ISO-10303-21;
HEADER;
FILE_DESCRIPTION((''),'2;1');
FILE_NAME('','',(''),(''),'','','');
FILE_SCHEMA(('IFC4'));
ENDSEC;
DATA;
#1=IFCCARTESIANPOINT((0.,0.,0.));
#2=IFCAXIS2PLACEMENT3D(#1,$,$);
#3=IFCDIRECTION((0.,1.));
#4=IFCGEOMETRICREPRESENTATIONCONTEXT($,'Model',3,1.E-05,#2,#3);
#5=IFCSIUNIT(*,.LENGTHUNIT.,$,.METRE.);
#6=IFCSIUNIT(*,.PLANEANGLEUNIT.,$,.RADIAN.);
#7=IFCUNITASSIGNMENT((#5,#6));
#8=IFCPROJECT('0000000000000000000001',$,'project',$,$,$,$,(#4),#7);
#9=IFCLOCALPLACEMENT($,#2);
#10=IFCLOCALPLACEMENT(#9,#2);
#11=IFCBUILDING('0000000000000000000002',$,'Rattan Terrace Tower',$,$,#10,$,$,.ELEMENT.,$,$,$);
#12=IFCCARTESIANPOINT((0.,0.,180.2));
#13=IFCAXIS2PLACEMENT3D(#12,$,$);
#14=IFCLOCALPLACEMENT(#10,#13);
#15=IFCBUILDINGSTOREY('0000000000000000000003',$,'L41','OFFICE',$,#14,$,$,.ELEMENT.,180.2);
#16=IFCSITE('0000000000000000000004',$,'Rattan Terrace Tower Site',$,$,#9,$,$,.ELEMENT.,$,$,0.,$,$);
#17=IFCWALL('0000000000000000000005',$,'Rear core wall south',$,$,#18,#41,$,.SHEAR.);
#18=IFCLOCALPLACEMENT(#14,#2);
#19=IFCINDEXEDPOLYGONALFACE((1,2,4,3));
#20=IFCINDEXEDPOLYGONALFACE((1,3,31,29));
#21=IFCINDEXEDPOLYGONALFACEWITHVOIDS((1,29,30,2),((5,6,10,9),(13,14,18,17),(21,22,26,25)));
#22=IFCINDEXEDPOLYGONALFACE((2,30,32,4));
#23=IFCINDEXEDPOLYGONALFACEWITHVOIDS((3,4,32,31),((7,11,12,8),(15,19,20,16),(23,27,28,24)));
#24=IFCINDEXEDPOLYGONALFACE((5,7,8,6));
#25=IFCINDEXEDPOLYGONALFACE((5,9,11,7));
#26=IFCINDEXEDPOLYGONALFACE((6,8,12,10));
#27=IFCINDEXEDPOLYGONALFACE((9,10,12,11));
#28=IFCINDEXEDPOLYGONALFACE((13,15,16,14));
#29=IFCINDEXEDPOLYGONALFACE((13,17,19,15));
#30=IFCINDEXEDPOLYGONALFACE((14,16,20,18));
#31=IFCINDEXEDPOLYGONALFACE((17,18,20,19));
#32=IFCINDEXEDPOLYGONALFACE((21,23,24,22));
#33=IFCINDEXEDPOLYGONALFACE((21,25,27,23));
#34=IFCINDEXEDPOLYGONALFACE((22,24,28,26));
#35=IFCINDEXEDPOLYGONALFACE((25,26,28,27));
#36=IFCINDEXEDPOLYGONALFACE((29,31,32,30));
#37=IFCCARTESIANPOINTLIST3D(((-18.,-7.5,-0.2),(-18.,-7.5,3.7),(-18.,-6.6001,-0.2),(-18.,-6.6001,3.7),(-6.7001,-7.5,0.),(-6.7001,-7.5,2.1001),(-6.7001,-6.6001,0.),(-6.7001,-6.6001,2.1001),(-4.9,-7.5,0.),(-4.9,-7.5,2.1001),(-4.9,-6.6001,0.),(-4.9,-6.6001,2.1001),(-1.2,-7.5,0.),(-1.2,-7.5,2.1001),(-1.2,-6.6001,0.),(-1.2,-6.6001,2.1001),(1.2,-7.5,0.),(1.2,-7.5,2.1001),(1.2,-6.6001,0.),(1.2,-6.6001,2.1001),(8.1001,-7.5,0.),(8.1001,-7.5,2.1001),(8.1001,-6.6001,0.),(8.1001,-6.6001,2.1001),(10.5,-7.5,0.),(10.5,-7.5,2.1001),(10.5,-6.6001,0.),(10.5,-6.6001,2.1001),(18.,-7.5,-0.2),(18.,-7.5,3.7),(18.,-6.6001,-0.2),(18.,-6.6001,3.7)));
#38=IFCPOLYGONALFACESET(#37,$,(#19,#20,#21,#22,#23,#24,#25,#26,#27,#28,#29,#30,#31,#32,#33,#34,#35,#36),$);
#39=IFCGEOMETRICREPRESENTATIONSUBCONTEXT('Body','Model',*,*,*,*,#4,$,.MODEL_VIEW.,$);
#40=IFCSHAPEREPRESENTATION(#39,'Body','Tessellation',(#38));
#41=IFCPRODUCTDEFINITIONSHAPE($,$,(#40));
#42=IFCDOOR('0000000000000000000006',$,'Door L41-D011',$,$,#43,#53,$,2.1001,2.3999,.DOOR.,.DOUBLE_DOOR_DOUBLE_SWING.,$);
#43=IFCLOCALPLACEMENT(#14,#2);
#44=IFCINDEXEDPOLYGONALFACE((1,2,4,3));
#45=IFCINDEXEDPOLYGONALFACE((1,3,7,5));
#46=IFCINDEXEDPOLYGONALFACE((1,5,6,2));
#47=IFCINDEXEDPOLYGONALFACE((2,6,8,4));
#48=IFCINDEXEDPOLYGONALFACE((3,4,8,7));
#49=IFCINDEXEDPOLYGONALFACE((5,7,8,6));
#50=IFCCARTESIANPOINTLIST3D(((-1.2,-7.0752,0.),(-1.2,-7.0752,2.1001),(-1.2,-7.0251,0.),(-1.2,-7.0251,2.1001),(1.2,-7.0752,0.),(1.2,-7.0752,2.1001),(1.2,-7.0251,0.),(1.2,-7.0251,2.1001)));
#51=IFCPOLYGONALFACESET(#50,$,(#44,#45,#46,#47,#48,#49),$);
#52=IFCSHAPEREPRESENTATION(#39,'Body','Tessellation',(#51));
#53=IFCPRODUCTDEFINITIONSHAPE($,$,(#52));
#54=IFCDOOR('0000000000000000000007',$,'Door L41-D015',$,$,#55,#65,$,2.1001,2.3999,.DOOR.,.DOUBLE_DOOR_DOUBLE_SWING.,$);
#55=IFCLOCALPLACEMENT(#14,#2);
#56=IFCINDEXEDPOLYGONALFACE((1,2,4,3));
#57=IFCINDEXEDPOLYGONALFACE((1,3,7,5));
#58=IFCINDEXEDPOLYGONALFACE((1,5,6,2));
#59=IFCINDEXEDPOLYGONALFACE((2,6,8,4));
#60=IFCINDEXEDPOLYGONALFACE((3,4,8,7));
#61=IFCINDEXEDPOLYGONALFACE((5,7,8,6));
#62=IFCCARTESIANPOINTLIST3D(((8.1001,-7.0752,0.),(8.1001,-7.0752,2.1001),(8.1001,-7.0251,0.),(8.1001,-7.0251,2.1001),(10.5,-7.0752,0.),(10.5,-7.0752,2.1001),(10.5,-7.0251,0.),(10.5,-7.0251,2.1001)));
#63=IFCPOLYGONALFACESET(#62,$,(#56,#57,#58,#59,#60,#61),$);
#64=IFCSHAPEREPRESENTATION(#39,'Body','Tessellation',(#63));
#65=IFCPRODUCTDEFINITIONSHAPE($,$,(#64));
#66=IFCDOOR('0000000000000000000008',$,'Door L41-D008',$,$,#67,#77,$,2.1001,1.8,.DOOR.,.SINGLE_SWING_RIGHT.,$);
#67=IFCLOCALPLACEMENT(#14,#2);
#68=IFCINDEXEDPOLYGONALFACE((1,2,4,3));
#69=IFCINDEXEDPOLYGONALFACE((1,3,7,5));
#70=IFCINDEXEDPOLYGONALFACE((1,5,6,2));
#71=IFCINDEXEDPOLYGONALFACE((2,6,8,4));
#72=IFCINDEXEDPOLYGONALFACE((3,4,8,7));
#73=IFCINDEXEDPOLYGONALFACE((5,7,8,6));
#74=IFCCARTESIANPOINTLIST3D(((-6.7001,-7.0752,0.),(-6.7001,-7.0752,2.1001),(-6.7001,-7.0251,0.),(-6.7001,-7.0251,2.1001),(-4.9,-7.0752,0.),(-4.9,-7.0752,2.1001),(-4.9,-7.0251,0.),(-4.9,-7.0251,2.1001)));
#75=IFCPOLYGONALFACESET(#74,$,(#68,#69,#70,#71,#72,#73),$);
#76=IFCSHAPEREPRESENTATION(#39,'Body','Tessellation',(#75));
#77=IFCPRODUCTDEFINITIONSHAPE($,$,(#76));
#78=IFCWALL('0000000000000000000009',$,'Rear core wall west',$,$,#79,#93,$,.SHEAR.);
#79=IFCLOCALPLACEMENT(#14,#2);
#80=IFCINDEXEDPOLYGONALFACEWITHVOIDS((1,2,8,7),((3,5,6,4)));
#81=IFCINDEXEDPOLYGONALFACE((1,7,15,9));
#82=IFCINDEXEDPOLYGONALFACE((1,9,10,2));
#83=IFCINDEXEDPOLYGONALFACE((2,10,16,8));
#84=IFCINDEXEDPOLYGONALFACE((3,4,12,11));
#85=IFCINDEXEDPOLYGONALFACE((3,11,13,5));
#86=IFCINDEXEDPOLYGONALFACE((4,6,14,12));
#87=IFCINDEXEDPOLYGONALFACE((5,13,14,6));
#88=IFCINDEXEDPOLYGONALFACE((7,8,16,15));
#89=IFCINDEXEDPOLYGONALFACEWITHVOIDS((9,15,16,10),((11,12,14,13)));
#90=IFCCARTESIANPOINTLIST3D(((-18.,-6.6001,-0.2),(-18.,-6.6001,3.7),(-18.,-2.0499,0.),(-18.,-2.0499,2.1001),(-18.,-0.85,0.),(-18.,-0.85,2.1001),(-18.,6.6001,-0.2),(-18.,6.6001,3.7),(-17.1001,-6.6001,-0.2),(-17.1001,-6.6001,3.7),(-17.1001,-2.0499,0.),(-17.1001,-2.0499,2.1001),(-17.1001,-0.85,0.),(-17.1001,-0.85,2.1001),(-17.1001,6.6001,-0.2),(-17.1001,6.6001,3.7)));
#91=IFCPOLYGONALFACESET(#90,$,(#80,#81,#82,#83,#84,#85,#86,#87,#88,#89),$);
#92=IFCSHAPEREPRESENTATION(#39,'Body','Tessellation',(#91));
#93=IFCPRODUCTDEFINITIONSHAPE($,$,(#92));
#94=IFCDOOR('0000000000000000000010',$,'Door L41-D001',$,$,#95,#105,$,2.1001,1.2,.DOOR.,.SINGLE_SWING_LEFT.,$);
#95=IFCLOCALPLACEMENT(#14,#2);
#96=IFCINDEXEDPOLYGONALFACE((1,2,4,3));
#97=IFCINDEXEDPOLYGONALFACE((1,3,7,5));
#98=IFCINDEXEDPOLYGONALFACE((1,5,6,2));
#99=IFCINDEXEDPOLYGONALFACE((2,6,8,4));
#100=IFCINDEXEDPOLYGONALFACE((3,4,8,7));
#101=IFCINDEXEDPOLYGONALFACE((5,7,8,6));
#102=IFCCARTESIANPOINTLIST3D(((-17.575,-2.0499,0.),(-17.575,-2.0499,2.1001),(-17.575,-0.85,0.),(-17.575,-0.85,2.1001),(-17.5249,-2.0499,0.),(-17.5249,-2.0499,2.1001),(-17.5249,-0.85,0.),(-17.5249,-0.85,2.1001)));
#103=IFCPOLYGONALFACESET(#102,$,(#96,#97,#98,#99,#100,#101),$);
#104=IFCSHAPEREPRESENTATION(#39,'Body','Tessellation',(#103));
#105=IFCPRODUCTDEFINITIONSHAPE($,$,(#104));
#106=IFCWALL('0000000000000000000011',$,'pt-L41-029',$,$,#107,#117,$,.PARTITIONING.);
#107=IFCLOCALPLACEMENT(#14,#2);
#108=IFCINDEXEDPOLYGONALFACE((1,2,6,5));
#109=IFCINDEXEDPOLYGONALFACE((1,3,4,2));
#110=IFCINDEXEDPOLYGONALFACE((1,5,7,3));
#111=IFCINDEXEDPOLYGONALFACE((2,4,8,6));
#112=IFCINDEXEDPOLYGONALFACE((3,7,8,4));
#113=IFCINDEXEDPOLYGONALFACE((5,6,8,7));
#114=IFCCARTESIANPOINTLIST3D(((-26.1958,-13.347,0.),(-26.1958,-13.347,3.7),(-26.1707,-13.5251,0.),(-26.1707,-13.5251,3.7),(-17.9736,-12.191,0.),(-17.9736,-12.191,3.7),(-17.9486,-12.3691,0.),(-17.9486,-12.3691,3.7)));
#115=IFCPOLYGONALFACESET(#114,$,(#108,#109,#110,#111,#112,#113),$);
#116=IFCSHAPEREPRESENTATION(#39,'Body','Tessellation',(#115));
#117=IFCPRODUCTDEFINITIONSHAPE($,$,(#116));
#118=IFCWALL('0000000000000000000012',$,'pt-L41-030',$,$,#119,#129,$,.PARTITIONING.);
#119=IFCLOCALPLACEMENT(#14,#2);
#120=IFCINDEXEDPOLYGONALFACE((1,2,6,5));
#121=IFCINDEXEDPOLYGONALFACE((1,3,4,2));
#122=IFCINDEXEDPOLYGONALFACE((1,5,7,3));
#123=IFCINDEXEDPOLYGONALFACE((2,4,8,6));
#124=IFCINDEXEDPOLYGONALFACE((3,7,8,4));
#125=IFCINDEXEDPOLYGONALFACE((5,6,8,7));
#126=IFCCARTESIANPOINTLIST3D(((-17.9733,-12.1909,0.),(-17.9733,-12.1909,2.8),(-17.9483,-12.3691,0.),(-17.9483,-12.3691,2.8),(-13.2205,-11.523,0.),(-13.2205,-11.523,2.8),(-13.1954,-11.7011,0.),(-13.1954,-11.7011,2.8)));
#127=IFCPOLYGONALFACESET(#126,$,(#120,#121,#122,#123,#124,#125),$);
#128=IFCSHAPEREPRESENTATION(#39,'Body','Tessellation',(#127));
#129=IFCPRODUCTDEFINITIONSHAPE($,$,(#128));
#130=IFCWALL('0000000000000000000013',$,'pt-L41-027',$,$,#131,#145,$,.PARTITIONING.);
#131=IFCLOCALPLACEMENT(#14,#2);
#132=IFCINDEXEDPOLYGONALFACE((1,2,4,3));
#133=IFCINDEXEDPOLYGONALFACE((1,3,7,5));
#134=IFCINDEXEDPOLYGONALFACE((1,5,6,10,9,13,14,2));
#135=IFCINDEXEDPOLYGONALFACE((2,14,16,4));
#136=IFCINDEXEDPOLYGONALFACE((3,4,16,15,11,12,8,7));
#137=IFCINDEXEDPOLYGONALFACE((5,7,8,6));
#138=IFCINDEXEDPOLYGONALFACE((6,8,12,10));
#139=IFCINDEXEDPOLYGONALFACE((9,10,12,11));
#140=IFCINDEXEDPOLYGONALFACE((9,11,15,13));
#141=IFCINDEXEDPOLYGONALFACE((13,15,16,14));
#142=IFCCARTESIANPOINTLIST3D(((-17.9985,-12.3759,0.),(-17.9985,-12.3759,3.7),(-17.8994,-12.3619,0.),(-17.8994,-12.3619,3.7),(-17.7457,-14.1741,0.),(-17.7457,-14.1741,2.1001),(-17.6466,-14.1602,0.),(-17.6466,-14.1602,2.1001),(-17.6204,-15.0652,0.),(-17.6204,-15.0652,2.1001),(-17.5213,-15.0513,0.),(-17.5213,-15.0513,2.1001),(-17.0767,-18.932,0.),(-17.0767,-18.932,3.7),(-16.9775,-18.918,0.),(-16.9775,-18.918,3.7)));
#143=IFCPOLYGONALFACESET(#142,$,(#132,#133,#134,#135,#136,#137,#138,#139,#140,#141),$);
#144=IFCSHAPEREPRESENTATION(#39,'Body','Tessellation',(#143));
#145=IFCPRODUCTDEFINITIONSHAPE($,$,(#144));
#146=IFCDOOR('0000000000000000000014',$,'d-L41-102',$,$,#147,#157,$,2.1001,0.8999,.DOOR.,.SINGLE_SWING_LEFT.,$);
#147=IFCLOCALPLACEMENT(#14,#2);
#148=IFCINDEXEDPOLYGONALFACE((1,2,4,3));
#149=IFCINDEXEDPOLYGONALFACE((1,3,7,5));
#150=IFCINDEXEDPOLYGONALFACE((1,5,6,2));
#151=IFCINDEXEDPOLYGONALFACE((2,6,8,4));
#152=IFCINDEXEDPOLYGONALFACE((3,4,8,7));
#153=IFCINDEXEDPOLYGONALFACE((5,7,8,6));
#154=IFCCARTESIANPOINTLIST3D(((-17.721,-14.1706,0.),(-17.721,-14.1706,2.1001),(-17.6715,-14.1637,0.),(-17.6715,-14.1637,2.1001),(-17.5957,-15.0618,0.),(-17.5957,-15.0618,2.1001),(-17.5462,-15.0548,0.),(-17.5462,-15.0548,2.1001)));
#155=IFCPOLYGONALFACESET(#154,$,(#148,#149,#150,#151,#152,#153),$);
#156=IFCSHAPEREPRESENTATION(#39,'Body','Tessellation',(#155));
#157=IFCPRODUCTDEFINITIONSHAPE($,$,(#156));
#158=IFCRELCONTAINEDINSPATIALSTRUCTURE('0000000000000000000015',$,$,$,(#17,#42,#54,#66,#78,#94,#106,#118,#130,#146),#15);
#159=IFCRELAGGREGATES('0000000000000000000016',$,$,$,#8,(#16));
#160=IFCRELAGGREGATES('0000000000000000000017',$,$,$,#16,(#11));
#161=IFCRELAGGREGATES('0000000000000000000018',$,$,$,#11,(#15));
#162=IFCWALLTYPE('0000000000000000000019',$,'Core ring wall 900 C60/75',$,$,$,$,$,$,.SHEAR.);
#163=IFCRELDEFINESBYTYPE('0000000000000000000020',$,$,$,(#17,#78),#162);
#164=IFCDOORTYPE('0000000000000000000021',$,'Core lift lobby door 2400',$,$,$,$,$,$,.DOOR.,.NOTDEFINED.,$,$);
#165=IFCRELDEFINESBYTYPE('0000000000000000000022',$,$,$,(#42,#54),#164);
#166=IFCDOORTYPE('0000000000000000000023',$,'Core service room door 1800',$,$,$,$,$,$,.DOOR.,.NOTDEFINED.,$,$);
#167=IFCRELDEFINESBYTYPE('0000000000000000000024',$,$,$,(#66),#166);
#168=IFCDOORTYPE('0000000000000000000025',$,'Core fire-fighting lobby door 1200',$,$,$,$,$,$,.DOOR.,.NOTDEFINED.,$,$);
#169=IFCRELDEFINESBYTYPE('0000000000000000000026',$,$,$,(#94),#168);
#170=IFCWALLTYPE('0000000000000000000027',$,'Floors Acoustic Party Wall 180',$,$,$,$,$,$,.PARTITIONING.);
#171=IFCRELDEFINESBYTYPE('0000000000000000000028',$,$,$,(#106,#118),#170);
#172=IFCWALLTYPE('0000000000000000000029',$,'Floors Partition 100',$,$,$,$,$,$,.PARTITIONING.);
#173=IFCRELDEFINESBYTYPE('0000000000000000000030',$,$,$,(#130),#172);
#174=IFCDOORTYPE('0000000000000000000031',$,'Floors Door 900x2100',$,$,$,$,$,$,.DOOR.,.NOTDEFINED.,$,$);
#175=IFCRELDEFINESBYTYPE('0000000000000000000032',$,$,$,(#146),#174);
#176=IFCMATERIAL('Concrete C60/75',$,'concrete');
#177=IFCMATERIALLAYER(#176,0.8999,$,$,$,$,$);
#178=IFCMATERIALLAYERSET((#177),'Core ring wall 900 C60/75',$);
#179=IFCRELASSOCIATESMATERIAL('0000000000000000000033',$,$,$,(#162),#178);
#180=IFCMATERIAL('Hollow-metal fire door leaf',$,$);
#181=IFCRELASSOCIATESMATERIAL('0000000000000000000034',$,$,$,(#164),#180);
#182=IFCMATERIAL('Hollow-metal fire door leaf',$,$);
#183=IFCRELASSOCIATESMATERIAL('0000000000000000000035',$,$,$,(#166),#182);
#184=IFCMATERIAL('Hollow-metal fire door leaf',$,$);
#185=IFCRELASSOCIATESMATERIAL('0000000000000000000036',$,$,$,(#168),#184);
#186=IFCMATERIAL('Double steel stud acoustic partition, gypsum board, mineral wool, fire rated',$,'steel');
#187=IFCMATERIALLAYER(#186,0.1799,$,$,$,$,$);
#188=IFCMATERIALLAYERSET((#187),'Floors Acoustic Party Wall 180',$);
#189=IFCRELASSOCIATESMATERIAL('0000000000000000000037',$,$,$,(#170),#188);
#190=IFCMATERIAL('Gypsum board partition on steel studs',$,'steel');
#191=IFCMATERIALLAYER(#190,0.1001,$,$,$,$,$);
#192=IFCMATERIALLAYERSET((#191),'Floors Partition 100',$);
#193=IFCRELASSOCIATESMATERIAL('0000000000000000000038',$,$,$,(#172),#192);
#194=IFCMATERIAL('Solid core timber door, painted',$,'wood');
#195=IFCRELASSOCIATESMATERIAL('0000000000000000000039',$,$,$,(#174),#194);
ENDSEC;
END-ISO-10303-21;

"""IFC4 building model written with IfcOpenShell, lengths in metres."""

from ifc_helpers import new_model, si_unit, direction, frame, frame_2d, origin, place, context, subcontext, project, spatial, rectangle, extrude, material, layer, layer_set, type_object, element, fill, save


model = new_model("IFC4")

# Units and contexts
model_context = context("Model", 3, precision=1e-05, world=origin(), true_north=direction((0.0, 1.0)))
body_context = subcontext(model_context, "Body", "Model", "MODEL_VIEW")
ifc_project = project(units=[si_unit("LENGTHUNIT", "METRE"), si_unit("PLANEANGLEUNIT", "RADIAN")], contexts=[model_context])

# Site, building, storey
site_placement = place(None, origin())
site = spatial("IfcSite", under=ifc_project, at=site_placement, Name="Rattan Terrace Tower Site", CompositionType="ELEMENT", RefElevation=0.0)
building_placement = place(site_placement, origin())
building = spatial("IfcBuilding", under=site, at=building_placement, Name="Rattan Terrace Tower", CompositionType="ELEMENT")
storey_placement = place(building_placement, frame((0.0, 0.0, 180.2)))
storey = spatial("IfcBuildingStorey", under=building, at=storey_placement, Name="L41", Description="OFFICE", CompositionType="ELEMENT", Elevation=180.2)

# Wall, openings, doors
ifc_material_1 = material(Name="Concrete C60/75", Category="concrete")
ifc_layer_1 = layer(ifc_material_1, 0.8999)
ifc_layer_set_1 = layer_set([ifc_layer_1], Name="Core ring wall 900 C60/75")
wall_type_1 = type_object("IfcWallType", Name="Core ring wall 900 C60/75", PredefinedType="SHEAR", material=ifc_layer_set_1)
wall_1_placement = place(storey_placement, frame((-18.0, -7.05, -0.2), z_axis=(0.0, 0.0, 1.0), x_axis=(1.0, 0.0, 0.0)))
wall_1 = element("IfcWall", 1, at=wall_1_placement, inside=storey, type_object=wall_type_1, Name="Rear core wall south", PredefinedType="SHEAR", context=body_context, shape_type="SweptSolid", body=[
    extrude(rectangle(XDim=36.0, YDim=0.8999, at=frame_2d((18.0, 0.0))), origin(), (0.0, 0.0, 1.0), 3.8999),
])
opening_1_placement = place(wall_1_placement, frame((11.3, 0.0, 0.2)))
opening_1 = element("IfcOpeningElement", 2, at=opening_1_placement, cuts=wall_1, PredefinedType="OPENING", context=body_context, shape_type="SweptSolid", body=[
    extrude(rectangle(XDim=1.8, YDim=2.1001, at=frame_2d((0.8999, 1.05))), frame((0.0, 0.4604, 0.0), z_axis=(0.0, -1.0, 0.0), x_axis=(1.0, 0.0, 0.0)), (0.0, 0.0, 1.0), 0.9209),
])
opening_2_placement = place(wall_1_placement, frame((16.8, 0.0, 0.2)))
opening_2 = element("IfcOpeningElement", 3, at=opening_2_placement, cuts=wall_1, PredefinedType="OPENING", context=body_context, shape_type="SweptSolid", body=[
    extrude(rectangle(XDim=2.3999, YDim=2.1001, at=frame_2d((1.2, 1.05))), frame((0.0, 0.4604, 0.0), z_axis=(0.0, -1.0, 0.0), x_axis=(1.0, 0.0, 0.0)), (0.0, 0.0, 1.0), 0.9209),
])
opening_3_placement = place(wall_1_placement, frame((26.1001, 0.0, 0.2)))
opening_3 = element("IfcOpeningElement", 4, at=opening_3_placement, cuts=wall_1, PredefinedType="OPENING", context=body_context, shape_type="SweptSolid", body=[
    extrude(rectangle(XDim=2.3999, YDim=2.1001, at=frame_2d((1.2, 1.05))), frame((0.0, 0.4604, 0.0), z_axis=(0.0, -1.0, 0.0), x_axis=(1.0, 0.0, 0.0)), (0.0, 0.0, 1.0), 0.9209),
])
ifc_material_2 = material(Name="Hollow-metal fire door leaf")
door_type_1 = type_object("IfcDoorType", Name="Core lift lobby door 2400", OperationType="NOTDEFINED", PredefinedType="DOOR", material=ifc_material_2)
door_1_placement = place(opening_2_placement, origin())
door_1 = element("IfcDoor", 5, at=door_1_placement, inside=storey, type_object=door_type_1, Name="Door L41-D011", OperationType="DOUBLE_DOOR_DOUBLE_SWING", OverallHeight=2.1001, OverallWidth=2.3999, PredefinedType="DOOR", context=body_context, shape_type="SweptSolid", body=[
    extrude(rectangle(XDim=2.3999, YDim=2.1001, at=frame_2d((1.2, 1.05))), frame((0.0, 0.0249, 0.0), z_axis=(0.0, -1.0, 0.0), x_axis=(1.0, 0.0, 0.0)), (0.0, 0.0, 1.0), 0.05),
])
fill(opening_2, door_1)
door_2_placement = place(opening_3_placement, origin())
door_2 = element("IfcDoor", 6, at=door_2_placement, inside=storey, type_object=door_type_1, Name="Door L41-D015", OperationType="DOUBLE_DOOR_DOUBLE_SWING", OverallHeight=2.1001, OverallWidth=2.3999, PredefinedType="DOOR", context=body_context, shape_type="SweptSolid", body=[
    extrude(rectangle(XDim=2.3999, YDim=2.1001, at=frame_2d((1.2, 1.05))), frame((0.0, 0.0249, 0.0), z_axis=(0.0, -1.0, 0.0), x_axis=(1.0, 0.0, 0.0)), (0.0, 0.0, 1.0), 0.05),
])
fill(opening_3, door_2)
ifc_material_3 = material(Name="Hollow-metal fire door leaf")
door_type_2 = type_object("IfcDoorType", Name="Core service room door 1800", OperationType="NOTDEFINED", PredefinedType="DOOR", material=ifc_material_3)
door_3_placement = place(opening_1_placement, origin())
door_3 = element("IfcDoor", 7, at=door_3_placement, inside=storey, type_object=door_type_2, Name="Door L41-D008", OperationType="SINGLE_SWING_RIGHT", OverallHeight=2.1001, OverallWidth=1.8, PredefinedType="DOOR", context=body_context, shape_type="SweptSolid", body=[
    extrude(rectangle(XDim=1.8, YDim=2.1001, at=frame_2d((0.8999, 1.05))), frame((0.0, 0.0249, 0.0), z_axis=(0.0, -1.0, 0.0), x_axis=(1.0, 0.0, 0.0)), (0.0, 0.0, 1.0), 0.05),
])
fill(opening_1, door_3)

# Wall, opening, door
wall_2_placement = place(storey_placement, frame((-17.55, -6.6001, -0.2), z_axis=(0.0, 0.0, 1.0), x_axis=(0.0, 1.0, 0.0)))
wall_2 = element("IfcWall", 8, at=wall_2_placement, inside=storey, type_object=wall_type_1, Name="Rear core wall west", PredefinedType="SHEAR", context=body_context, shape_type="SweptSolid", body=[
    extrude(rectangle(XDim=13.2002, YDim=0.8999, at=frame_2d((6.6001, 0.0))), origin(), (0.0, 0.0, 1.0), 3.8999),
])
opening_4_placement = place(wall_2_placement, frame((4.55, 0.0, 0.2)))
opening_4 = element("IfcOpeningElement", 9, at=opening_4_placement, cuts=wall_2, PredefinedType="OPENING", context=body_context, shape_type="SweptSolid", body=[
    extrude(rectangle(XDim=1.2, YDim=2.1001, at=frame_2d((0.6001, 1.05))), frame((0.0, 0.4604, 0.0), z_axis=(0.0, -1.0, 0.0), x_axis=(1.0, 0.0, 0.0)), (0.0, 0.0, 1.0), 0.9209),
])
ifc_material_4 = material(Name="Hollow-metal fire door leaf")
door_type_3 = type_object("IfcDoorType", Name="Core fire-fighting lobby door 1200", OperationType="NOTDEFINED", PredefinedType="DOOR", material=ifc_material_4)
door_4_placement = place(opening_4_placement, origin())
door_4 = element("IfcDoor", 10, at=door_4_placement, inside=storey, type_object=door_type_3, Name="Door L41-D001", OperationType="SINGLE_SWING_LEFT", OverallHeight=2.1001, OverallWidth=1.2, PredefinedType="DOOR", context=body_context, shape_type="SweptSolid", body=[
    extrude(rectangle(XDim=1.2, YDim=2.1001, at=frame_2d((0.6001, 1.05))), frame((0.0, 0.0249, 0.0), z_axis=(0.0, -1.0, 0.0), x_axis=(1.0, 0.0, 0.0)), (0.0, 0.0, 1.0), 0.05),
])
fill(opening_4, door_4)

# Walls
ifc_material_5 = material(Name="Double steel stud acoustic partition, gypsum board, mineral wool, fire rated", Category="steel")
ifc_layer_2 = layer(ifc_material_5, 0.1799)
ifc_layer_set_2 = layer_set([ifc_layer_2], Name="Floors Acoustic Party Wall 180")
wall_type_2 = type_object("IfcWallType", Name="Floors Acoustic Party Wall 180", PredefinedType="PARTITIONING", material=ifc_layer_set_2)
wall_3_placement = place(storey_placement, frame((-26.1831, -13.436, 0.0), z_axis=(0.0, 0.0, 1.0), x_axis=(0.990261, 0.139227, 0.0)))
element("IfcWall", 11, at=wall_3_placement, inside=storey, type_object=wall_type_2, Name="pt-L41-029", PredefinedType="PARTITIONING", context=body_context, shape_type="SweptSolid", body=[
    extrude(rectangle(XDim=8.303, YDim=0.1799, at=frame_2d((4.1514, 0.0))), origin(), (0.0, 0.0, 1.0), 3.7),
])
wall_4_placement = place(storey_placement, frame((-17.9609, -12.28, 0.0), z_axis=(0.0, 0.0, 1.0), x_axis=(0.990268, 0.139171, 0.0)))
element("IfcWall", 12, at=wall_4_placement, inside=storey, type_object=wall_type_2, Name="pt-L41-030", PredefinedType="PARTITIONING", context=body_context, shape_type="SweptSolid", body=[
    extrude(rectangle(XDim=4.7996, YDim=0.1799, at=frame_2d((2.3999, 0.0))), origin(), (0.0, 0.0, 1.0), 2.8),
])

# Wall, opening, door
ifc_material_6 = material(Name="Gypsum board partition on steel studs", Category="steel")
ifc_layer_3 = layer(ifc_material_6, 0.1001)
ifc_layer_set_3 = layer_set([ifc_layer_3], Name="Floors Partition 100")
wall_type_3 = type_object("IfcWallType", Name="Floors Partition 100", PredefinedType="PARTITIONING", material=ifc_layer_set_3)
wall_5_placement = place(storey_placement, frame((-17.949, -12.3689, 0.0), z_axis=(0.0, 0.0, 1.0), x_axis=(0.139242, -0.990258, 0.0)))
wall_5 = element("IfcWall", 13, at=wall_5_placement, inside=storey, type_object=wall_type_3, Name="pt-L41-027", PredefinedType="PARTITIONING", context=body_context, shape_type="SweptSolid", body=[
    extrude(rectangle(XDim=6.6206, YDim=0.1001, at=frame_2d((3.3103, 0.0))), origin(), (0.0, 0.0, 1.0), 3.7),
])
opening_5_placement = place(wall_5_placement, frame((1.8159, 0.0, 0.0)))
opening_5 = element("IfcOpeningElement", 14, at=opening_5_placement, cuts=wall_5, PredefinedType="OPENING", context=body_context, shape_type="SweptSolid", body=[
    extrude(rectangle(XDim=0.8999, YDim=2.1001, at=frame_2d((0.45, 1.05))), frame((0.0, 0.0605, 0.0), z_axis=(0.0, -1.0, 0.0), x_axis=(1.0, 0.0, 0.0)), (0.0, 0.0, 1.0), 0.1211),
])
ifc_material_7 = material(Name="Solid core timber door, painted", Category="wood")
door_type_4 = type_object("IfcDoorType", Name="Floors Door 900x2100", OperationType="NOTDEFINED", PredefinedType="DOOR", material=ifc_material_7)
door_5_placement = place(opening_5_placement, origin())
door_5 = element("IfcDoor", 15, at=door_5_placement, inside=storey, type_object=door_type_4, Name="d-L41-102", OperationType="SINGLE_SWING_LEFT", OverallHeight=2.1001, OverallWidth=0.8999, PredefinedType="DOOR", context=body_context, shape_type="SweptSolid", body=[
    extrude(rectangle(XDim=0.8999, YDim=2.1001, at=frame_2d((0.45, 1.05))), frame((0.0, 0.0249, 0.0), z_axis=(0.0, -1.0, 0.0), x_axis=(1.0, 0.0, 0.0)), (0.0, 0.0, 1.0), 0.05),
])
fill(opening_5, door_5)

save(model, "model.ifc")
